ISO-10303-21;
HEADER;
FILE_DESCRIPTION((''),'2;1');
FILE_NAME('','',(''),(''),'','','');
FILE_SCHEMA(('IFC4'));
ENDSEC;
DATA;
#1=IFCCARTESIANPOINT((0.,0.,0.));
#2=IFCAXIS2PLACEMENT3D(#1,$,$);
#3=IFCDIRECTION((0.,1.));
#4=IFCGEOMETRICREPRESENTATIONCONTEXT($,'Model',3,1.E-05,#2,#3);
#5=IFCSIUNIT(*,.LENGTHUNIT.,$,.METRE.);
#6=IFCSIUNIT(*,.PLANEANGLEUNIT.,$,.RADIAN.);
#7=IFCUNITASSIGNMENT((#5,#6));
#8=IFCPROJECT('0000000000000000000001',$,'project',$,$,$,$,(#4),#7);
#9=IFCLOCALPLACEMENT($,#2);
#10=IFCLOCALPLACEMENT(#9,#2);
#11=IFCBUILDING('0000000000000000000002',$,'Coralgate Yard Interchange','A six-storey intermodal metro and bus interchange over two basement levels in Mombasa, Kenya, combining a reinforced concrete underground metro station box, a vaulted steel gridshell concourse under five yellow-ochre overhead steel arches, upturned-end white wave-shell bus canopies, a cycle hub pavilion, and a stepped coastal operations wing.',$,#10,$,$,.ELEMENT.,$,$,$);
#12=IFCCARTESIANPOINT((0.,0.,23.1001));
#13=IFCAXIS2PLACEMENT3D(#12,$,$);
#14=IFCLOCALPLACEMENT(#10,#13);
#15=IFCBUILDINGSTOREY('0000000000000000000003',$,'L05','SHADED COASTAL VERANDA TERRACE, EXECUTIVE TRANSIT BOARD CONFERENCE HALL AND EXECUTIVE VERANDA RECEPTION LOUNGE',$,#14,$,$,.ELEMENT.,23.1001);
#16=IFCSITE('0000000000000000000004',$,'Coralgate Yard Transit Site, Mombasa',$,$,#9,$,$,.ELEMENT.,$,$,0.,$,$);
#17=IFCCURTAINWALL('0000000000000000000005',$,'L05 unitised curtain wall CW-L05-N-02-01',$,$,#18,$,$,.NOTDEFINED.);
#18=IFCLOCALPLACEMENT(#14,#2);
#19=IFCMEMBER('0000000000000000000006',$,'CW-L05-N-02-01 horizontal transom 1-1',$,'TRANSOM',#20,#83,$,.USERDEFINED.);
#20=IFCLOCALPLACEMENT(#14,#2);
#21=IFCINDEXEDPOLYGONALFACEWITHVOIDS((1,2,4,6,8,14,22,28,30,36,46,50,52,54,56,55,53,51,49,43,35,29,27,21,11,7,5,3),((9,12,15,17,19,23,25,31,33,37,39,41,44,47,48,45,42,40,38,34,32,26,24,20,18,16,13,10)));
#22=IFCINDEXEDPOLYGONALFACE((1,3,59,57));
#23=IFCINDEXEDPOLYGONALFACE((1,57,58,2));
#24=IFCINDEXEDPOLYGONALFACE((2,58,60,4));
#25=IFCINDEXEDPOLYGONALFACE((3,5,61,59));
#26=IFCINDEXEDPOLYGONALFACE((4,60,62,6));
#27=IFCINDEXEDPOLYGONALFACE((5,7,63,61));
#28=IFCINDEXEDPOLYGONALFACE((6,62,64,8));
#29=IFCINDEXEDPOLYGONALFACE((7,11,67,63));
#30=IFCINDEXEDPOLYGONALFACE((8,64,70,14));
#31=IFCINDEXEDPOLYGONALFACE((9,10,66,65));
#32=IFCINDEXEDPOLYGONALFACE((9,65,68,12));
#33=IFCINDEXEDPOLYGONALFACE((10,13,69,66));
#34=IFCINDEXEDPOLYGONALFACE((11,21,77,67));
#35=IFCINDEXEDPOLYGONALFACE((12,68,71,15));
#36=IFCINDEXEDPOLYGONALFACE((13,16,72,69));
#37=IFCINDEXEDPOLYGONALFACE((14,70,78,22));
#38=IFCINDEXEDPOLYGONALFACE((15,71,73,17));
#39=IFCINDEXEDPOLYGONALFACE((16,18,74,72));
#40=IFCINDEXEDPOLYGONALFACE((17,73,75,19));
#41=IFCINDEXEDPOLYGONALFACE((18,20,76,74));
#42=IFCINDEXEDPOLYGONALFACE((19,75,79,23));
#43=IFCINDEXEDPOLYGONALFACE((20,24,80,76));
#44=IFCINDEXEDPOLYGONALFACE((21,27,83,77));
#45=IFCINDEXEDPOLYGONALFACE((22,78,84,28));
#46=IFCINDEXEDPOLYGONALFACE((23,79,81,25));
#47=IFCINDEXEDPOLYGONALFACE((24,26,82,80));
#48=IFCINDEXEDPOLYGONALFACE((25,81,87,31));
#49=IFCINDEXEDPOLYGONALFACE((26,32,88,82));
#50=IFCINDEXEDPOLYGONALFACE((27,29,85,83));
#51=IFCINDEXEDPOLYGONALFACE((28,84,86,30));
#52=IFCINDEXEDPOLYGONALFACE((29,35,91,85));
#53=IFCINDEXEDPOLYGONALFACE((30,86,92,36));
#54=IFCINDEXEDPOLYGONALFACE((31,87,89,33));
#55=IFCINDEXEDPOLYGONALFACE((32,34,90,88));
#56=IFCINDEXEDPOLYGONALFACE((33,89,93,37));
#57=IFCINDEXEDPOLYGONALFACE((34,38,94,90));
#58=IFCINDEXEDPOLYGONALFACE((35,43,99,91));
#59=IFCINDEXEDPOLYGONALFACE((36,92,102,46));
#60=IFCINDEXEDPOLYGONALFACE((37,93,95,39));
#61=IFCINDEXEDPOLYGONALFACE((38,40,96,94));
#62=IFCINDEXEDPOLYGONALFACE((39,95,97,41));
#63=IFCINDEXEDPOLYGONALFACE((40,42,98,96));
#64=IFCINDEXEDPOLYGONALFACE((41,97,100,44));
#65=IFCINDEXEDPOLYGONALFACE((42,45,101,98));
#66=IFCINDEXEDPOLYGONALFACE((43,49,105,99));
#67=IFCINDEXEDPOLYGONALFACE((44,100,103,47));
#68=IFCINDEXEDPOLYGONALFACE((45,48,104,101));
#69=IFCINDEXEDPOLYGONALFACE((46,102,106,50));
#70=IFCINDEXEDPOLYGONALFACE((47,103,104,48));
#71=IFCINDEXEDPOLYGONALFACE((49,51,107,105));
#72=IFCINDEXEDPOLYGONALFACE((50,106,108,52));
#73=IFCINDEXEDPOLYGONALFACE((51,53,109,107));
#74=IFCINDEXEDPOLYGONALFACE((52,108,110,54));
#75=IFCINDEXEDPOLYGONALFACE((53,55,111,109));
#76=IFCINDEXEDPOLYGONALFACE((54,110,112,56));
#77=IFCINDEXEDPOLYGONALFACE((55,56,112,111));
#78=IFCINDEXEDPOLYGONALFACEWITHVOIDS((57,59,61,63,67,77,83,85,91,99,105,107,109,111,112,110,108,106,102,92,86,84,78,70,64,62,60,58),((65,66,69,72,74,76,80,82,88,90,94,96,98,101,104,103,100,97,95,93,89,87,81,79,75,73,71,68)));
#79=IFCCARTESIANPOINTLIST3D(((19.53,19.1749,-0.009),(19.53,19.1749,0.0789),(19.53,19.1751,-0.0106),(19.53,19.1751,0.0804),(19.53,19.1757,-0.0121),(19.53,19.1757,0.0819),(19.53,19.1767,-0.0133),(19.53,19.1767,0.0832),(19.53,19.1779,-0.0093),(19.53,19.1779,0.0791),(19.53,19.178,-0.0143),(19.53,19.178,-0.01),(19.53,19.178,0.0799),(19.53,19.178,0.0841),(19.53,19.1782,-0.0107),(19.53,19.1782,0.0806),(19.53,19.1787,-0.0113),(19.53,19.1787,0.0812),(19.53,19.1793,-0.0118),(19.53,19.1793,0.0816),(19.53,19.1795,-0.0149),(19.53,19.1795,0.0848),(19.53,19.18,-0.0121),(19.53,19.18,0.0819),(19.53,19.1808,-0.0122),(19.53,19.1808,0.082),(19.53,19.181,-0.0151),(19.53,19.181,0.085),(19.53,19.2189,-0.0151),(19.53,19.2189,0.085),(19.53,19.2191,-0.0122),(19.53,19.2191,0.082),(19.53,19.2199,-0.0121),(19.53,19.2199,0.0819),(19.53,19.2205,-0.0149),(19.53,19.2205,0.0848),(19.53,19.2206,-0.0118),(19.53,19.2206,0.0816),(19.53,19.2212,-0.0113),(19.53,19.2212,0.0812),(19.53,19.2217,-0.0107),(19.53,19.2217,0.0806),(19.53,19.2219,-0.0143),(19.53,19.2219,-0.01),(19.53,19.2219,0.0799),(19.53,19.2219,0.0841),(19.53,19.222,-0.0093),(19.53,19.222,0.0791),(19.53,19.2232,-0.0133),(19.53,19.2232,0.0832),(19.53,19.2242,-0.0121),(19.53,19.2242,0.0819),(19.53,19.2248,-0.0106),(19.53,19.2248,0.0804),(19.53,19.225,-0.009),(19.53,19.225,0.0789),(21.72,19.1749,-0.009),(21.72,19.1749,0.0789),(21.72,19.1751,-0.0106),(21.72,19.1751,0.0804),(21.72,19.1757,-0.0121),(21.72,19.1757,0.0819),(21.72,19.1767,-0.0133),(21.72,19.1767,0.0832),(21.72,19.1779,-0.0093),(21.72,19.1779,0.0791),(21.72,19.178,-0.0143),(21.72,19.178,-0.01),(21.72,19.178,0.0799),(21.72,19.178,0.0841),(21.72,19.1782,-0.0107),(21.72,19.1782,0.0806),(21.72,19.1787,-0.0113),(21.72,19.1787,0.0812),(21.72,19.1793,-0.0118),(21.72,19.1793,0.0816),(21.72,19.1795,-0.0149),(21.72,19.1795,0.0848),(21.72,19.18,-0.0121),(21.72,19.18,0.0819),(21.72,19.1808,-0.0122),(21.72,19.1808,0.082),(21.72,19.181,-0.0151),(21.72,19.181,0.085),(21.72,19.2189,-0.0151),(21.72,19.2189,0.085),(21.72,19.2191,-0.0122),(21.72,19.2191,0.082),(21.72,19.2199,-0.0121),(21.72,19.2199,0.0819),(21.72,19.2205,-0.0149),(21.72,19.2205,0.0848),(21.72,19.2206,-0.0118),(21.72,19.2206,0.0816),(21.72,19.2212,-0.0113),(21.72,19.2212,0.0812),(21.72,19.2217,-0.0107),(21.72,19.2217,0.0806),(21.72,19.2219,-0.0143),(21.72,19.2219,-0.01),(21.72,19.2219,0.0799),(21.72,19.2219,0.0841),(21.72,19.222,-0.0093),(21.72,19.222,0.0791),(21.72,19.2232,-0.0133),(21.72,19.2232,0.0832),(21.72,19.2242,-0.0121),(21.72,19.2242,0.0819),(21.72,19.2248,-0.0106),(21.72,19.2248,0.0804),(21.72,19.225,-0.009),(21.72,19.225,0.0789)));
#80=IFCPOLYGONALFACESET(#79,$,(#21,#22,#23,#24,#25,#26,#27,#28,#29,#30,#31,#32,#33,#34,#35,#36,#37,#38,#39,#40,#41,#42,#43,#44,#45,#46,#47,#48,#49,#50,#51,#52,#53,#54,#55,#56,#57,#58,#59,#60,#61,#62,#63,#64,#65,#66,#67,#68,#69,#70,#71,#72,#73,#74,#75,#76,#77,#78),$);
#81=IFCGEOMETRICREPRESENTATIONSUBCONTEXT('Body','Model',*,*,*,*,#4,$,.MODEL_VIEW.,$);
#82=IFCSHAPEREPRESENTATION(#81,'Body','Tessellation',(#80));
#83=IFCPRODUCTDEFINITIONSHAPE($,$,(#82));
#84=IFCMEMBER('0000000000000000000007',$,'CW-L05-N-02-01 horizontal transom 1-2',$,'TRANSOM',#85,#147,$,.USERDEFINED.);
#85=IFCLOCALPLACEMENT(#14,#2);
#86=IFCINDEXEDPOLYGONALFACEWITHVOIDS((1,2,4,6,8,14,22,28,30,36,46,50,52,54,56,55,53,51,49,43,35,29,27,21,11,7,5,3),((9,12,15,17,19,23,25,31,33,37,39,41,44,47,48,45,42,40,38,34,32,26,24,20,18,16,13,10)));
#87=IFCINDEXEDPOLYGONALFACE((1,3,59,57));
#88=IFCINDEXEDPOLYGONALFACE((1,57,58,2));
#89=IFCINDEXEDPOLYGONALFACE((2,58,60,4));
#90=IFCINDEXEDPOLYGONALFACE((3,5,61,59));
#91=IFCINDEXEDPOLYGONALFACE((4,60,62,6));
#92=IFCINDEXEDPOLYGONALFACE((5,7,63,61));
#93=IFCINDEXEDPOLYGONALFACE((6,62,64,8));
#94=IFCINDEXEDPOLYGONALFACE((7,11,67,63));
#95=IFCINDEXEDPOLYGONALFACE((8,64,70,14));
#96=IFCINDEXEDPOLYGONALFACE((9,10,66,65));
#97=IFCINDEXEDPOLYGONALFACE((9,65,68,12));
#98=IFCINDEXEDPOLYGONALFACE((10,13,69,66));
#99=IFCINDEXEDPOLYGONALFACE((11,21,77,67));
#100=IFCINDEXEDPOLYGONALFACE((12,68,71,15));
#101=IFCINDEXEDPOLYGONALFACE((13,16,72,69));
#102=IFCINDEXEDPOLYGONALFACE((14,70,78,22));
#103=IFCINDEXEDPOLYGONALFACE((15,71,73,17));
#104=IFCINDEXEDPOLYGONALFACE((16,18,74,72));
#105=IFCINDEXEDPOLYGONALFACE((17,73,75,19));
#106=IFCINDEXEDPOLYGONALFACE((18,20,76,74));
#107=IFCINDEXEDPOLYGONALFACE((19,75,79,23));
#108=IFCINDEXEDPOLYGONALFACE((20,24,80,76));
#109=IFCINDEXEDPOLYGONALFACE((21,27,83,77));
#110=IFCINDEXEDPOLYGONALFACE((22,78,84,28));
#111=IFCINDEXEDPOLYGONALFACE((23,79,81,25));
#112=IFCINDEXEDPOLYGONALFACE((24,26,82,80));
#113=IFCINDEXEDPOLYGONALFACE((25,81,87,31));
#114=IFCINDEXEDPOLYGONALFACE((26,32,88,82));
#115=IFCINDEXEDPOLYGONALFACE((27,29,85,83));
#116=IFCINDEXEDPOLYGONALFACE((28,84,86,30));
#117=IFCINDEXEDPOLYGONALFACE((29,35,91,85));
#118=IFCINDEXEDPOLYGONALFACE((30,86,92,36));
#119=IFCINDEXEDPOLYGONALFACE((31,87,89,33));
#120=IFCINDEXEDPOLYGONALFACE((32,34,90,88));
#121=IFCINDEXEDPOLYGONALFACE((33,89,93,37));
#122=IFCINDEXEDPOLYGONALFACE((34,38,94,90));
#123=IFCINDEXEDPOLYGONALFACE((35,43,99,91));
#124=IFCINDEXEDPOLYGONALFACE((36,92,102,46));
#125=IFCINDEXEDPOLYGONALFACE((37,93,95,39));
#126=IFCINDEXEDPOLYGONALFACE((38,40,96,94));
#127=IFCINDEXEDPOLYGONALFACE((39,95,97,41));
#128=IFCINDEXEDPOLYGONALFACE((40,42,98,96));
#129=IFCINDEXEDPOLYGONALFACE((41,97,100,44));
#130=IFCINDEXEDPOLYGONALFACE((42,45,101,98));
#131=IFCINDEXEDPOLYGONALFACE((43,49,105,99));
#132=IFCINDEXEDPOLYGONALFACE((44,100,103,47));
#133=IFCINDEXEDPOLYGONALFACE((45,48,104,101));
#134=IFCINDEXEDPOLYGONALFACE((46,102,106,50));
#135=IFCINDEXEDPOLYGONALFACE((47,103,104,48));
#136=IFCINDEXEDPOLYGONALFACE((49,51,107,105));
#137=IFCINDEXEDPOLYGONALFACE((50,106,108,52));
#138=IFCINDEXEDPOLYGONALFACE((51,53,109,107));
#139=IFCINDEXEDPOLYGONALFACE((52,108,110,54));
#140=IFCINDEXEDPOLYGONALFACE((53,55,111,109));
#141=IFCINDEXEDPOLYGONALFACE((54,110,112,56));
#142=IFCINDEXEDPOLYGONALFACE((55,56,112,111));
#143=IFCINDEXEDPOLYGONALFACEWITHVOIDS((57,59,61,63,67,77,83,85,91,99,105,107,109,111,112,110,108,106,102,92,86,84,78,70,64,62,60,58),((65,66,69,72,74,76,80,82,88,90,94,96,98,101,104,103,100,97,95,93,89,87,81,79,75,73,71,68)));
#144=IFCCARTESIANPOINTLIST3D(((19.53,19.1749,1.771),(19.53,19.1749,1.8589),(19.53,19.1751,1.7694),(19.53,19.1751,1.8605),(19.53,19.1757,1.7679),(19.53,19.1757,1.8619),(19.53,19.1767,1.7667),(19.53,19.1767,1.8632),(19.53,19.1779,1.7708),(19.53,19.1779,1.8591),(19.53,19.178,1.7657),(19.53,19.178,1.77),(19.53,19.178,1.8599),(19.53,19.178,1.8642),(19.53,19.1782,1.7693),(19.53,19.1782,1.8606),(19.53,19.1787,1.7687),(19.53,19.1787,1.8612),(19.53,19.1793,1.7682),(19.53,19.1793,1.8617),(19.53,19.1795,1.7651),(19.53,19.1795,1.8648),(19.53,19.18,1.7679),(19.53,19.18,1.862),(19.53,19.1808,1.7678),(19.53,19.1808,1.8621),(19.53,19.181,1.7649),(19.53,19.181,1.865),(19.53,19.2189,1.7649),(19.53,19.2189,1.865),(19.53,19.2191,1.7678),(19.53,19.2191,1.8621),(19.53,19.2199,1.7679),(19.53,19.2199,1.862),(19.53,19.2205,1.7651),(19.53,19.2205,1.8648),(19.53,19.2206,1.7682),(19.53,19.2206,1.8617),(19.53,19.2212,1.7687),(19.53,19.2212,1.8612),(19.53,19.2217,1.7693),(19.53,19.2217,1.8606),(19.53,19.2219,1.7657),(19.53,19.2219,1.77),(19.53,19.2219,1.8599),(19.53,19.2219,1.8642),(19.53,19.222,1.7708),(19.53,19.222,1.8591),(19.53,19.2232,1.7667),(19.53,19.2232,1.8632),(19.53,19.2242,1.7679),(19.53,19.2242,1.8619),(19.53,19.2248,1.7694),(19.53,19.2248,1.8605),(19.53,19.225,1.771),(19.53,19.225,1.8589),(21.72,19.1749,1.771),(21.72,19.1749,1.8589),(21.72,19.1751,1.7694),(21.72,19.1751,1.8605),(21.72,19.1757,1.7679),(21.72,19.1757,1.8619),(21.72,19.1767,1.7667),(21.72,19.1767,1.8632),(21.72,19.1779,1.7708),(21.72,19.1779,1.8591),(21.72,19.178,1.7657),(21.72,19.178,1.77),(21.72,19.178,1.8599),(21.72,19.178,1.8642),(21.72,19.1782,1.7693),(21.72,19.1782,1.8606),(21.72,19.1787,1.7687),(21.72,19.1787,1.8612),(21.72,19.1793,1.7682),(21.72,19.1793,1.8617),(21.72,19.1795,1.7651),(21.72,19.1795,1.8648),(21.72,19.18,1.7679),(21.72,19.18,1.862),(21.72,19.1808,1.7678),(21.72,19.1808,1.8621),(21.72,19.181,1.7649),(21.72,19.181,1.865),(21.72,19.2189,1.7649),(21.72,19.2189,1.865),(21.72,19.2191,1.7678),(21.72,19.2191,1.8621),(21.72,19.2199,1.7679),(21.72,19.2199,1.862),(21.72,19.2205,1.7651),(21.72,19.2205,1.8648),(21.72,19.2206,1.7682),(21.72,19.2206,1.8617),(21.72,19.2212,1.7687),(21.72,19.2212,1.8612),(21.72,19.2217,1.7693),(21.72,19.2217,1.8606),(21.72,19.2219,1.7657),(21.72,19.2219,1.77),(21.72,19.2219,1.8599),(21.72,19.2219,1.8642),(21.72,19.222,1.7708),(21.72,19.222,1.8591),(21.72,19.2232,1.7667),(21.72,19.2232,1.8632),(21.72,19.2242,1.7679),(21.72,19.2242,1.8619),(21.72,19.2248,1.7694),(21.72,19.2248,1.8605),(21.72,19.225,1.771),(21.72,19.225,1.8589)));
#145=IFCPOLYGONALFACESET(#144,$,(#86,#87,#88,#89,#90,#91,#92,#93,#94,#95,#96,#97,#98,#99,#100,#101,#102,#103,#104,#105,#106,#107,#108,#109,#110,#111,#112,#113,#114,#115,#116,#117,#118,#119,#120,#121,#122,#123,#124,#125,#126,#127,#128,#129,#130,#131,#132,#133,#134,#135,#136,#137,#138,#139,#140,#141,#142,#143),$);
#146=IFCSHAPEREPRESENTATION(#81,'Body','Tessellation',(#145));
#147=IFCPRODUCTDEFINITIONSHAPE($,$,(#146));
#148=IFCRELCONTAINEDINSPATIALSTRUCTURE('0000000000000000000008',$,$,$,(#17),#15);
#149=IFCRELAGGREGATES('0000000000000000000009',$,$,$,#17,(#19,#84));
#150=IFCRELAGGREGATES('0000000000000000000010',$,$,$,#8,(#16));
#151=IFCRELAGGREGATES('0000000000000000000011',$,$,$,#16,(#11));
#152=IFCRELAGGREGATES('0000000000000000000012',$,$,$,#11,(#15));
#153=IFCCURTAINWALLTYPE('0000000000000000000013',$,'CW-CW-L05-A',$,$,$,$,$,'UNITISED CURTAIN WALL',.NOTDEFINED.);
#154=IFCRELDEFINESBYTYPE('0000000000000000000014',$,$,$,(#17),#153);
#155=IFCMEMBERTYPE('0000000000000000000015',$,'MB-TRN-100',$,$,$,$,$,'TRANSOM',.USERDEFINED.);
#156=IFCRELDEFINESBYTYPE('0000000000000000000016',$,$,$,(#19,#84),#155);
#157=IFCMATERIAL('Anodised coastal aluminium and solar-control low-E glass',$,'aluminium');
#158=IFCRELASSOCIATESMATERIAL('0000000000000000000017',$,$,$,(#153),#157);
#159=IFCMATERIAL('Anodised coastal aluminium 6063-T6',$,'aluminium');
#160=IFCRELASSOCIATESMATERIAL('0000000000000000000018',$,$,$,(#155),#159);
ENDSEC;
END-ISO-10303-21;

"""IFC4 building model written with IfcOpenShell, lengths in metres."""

from ifc_helpers import new_model, si_unit, direction, frame, origin, origin_2d, place, context, subcontext, project, spatial, hollow_rectangle, extrude, material, material_profile, profile_set, type_object, element, aggregate, save


model = new_model("IFC4")

# Units and contexts
model_context = context("Model", 3, precision=1e-05, world=origin(), true_north=direction((0.0, 1.0)))
body_context = subcontext(model_context, "Body", "Model", "MODEL_VIEW")
ifc_project = project(units=[si_unit("LENGTHUNIT", "METRE"), si_unit("PLANEANGLEUNIT", "RADIAN")], contexts=[model_context])

# Site, building, storey
site_placement = place(None, origin())
site = spatial("IfcSite", under=ifc_project, at=site_placement, Name="Coralgate Yard Transit Site, Mombasa", CompositionType="ELEMENT", RefElevation=0.0)
building_placement = place(site_placement, origin())
building = spatial("IfcBuilding", under=site, at=building_placement, Name="Coralgate Yard Interchange", Description="A six-storey intermodal metro and bus interchange over two basement levels in Mombasa, Kenya, combining a reinforced concrete underground metro station box, a vaulted steel gridshell concourse under five yellow-ochre overhead steel arches, upturned-end white wave-shell bus canopies, a cycle hub pavilion, and a stepped coastal operations wing.", CompositionType="ELEMENT")
storey_placement = place(building_placement, frame((0.0, 0.0, 23.1001)))
storey = spatial("IfcBuildingStorey", under=building, at=storey_placement, Name="L05", Description="SHADED COASTAL VERANDA TERRACE, EXECUTIVE TRANSIT BOARD CONFERENCE HALL AND EXECUTIVE VERANDA RECEPTION LOUNGE", CompositionType="ELEMENT", Elevation=23.1001)

# Curtain wall
ifc_material_1 = material(Name="Anodised coastal aluminium and solar-control low-E glass", Category="aluminium")
curtain_wall_type = type_object("IfcCurtainWallType", Name="CW-CW-L05-A", ElementType="UNITISED CURTAIN WALL", PredefinedType="NOTDEFINED", material=ifc_material_1)
curtain_wall_1_placement = place(storey_placement, origin())
curtain_wall_1 = element("IfcCurtainWall", 1, at=curtain_wall_1_placement, inside=storey, type_object=curtain_wall_type, Name="L05 unitised curtain wall CW-L05-N-02-01", PredefinedType="NOTDEFINED")
ifc_material_2 = material(Name="Anodised coastal aluminium 6063-T6", Category="aluminium")
ifc_material_profile_1 = material_profile(ifc_material_2, hollow_rectangle(XDim=0.05, YDim=0.1001, WallThickness=0.0029, InnerFilletRadius=0.0029, OuterFilletRadius=0.0061, at=origin_2d()), Name="ALU 50x100x3")
ifc_profile_set_1 = profile_set([ifc_material_profile_1], Name="Anodised coastal aluminium 6063-T6")
member_type_1 = type_object("IfcMemberType", Name="MB-TRN-100", ElementType="TRANSOM", PredefinedType="USERDEFINED", material=ifc_profile_set_1)

# Members
member_1_placement = place(storey_placement, frame((19.53, 19.2, 0.0349), z_axis=(1.0, 0.0, 0.0), x_axis=(0.0, 1.0, 0.0)))
member_1 = element("IfcMember", 2, at=member_1_placement, type_object=member_type_1, Name="CW-L05-N-02-01 horizontal transom 1-1", ObjectType="TRANSOM", PredefinedType="USERDEFINED", context=body_context, shape_type="SweptSolid", body=[
    extrude(hollow_rectangle(XDim=0.05, YDim=0.1001, WallThickness=0.0029, InnerFilletRadius=0.0029, OuterFilletRadius=0.0061, at=origin_2d()), origin(), (0.0, 0.0, 1.0), 2.1899),
])
member_2_placement = place(storey_placement, frame((19.53, 19.2, 1.8149), z_axis=(1.0, 0.0, 0.0), x_axis=(0.0, 1.0, 0.0)))
member_2 = element("IfcMember", 3, at=member_2_placement, type_object=member_type_1, Name="CW-L05-N-02-01 horizontal transom 1-2", ObjectType="TRANSOM", PredefinedType="USERDEFINED", context=body_context, shape_type="SweptSolid", body=[
    extrude(hollow_rectangle(XDim=0.05, YDim=0.1001, WallThickness=0.0029, InnerFilletRadius=0.0029, OuterFilletRadius=0.0061, at=origin_2d()), origin(), (0.0, 0.0, 1.0), 2.1899),
])

aggregate(curtain_wall_1, [member_1, member_2])

save(model, "model.ifc")
